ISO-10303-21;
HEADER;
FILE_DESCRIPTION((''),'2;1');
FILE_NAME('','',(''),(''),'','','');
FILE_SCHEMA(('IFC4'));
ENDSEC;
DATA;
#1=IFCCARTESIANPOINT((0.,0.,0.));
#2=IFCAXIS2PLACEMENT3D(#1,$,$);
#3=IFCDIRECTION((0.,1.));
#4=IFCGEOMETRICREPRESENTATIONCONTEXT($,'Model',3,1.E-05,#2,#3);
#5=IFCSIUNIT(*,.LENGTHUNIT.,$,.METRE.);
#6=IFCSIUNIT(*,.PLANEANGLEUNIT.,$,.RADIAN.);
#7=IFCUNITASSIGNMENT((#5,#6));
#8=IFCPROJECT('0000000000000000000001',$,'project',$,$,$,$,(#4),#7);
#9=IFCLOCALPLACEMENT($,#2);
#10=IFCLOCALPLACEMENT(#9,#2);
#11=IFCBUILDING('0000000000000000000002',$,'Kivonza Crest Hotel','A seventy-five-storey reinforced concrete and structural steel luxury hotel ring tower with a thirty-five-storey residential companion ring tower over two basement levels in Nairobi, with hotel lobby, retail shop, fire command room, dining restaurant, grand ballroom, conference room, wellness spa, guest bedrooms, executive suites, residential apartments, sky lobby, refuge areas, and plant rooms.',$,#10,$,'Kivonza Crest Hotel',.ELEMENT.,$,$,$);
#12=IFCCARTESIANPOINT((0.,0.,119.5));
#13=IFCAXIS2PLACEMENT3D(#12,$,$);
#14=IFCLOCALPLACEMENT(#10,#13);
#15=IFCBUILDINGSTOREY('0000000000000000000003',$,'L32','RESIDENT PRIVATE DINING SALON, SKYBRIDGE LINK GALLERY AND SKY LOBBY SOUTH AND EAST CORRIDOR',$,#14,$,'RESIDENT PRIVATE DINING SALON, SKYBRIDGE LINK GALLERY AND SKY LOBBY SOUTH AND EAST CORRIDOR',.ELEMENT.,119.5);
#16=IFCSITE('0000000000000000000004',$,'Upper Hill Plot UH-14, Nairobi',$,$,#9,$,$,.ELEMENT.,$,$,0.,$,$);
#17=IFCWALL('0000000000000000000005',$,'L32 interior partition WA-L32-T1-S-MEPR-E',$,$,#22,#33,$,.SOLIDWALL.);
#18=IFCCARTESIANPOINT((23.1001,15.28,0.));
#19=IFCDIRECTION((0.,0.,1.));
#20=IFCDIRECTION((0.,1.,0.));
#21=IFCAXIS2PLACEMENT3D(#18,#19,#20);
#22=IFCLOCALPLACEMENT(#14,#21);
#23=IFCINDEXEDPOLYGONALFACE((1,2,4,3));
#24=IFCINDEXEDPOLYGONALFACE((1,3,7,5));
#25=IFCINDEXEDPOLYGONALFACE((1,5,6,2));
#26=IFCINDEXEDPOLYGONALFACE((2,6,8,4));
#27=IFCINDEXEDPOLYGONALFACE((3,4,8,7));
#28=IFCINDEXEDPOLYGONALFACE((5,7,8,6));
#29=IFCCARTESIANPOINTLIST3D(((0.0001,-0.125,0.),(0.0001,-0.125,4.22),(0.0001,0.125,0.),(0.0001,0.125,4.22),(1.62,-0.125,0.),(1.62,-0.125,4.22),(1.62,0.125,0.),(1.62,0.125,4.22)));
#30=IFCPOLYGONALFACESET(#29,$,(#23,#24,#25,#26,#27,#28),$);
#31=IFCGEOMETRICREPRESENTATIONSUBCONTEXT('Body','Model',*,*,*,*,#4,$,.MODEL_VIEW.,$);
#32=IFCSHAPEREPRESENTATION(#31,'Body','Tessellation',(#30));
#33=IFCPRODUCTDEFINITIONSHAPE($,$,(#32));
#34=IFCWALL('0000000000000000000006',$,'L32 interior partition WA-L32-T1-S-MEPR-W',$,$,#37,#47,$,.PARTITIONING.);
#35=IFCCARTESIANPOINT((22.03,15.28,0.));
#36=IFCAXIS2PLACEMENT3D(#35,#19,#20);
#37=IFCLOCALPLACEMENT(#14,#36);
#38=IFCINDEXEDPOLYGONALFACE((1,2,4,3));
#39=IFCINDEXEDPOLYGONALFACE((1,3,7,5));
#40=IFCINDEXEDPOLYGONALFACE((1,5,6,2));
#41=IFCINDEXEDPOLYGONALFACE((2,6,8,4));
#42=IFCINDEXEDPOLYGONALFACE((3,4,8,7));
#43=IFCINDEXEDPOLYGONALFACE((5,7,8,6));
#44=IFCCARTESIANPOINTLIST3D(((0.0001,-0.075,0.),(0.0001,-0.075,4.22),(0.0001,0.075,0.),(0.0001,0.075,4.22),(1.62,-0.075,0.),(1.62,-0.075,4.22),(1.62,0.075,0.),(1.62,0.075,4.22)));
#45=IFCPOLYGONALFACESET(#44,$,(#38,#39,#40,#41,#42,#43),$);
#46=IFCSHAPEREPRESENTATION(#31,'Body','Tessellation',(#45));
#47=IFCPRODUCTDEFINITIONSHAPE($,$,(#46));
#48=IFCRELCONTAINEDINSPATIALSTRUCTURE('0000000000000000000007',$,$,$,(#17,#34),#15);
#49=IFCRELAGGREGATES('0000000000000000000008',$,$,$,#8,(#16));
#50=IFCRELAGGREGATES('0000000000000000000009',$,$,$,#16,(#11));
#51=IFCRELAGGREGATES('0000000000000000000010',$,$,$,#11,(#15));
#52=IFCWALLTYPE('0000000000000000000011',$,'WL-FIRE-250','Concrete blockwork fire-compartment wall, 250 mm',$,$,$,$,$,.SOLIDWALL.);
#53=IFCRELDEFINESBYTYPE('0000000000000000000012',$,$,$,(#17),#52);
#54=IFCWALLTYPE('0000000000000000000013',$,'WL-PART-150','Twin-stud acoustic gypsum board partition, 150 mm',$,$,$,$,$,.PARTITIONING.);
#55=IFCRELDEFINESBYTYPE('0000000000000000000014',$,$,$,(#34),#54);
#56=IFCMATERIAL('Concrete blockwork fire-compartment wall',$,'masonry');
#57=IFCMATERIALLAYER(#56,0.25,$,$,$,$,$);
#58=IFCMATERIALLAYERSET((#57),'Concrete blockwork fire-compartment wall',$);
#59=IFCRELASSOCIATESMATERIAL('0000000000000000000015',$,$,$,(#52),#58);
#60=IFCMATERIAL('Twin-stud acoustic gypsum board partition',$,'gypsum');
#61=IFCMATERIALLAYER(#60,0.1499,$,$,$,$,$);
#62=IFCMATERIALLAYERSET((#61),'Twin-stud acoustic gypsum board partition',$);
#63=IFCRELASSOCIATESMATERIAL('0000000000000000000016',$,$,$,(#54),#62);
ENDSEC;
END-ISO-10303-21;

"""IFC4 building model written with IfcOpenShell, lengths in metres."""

from ifc_helpers import new_model, si_unit, direction, frame, frame_2d, origin, place, context, subcontext, project, spatial, rectangle, extrude, material, layer, layer_set, type_object, element, save


model = new_model("IFC4")

# Units and contexts
model_context = context("Model", 3, precision=1e-05, world=origin(), true_north=direction((0.0, 1.0)))
body_context = subcontext(model_context, "Body", "Model", "MODEL_VIEW")
ifc_project = project(units=[si_unit("LENGTHUNIT", "METRE"), si_unit("PLANEANGLEUNIT", "RADIAN")], contexts=[model_context])

# Site, building, storey
site_placement = place(None, origin())
site = spatial("IfcSite", under=ifc_project, at=site_placement, Name="Upper Hill Plot UH-14, Nairobi", CompositionType="ELEMENT", RefElevation=0.0)
building_placement = place(site_placement, origin())
building = spatial("IfcBuilding", under=site, at=building_placement, Name="Kivonza Crest Hotel", Description="A seventy-five-storey reinforced concrete and structural steel luxury hotel ring tower with a thirty-five-storey residential companion ring tower over two basement levels in Nairobi, with hotel lobby, retail shop, fire command room, dining restaurant, grand ballroom, conference room, wellness spa, guest bedrooms, executive suites, residential apartments, sky lobby, refuge areas, and plant rooms.", LongName="Kivonza Crest Hotel", CompositionType="ELEMENT")
storey_placement = place(building_placement, frame((0.0, 0.0, 119.5)))
storey = spatial("IfcBuildingStorey", under=building, at=storey_placement, Name="L32", Description="RESIDENT PRIVATE DINING SALON, SKYBRIDGE LINK GALLERY AND SKY LOBBY SOUTH AND EAST CORRIDOR", LongName="RESIDENT PRIVATE DINING SALON, SKYBRIDGE LINK GALLERY AND SKY LOBBY SOUTH AND EAST CORRIDOR", CompositionType="ELEMENT", Elevation=119.5)

# Wall
ifc_material_1 = material(Name="Concrete blockwork fire-compartment wall", Category="masonry")
ifc_layer_1 = layer(ifc_material_1, 0.25)
ifc_layer_set_1 = layer_set([ifc_layer_1], Name="Concrete blockwork fire-compartment wall")
wall_type_1 = type_object("IfcWallType", Name="WL-FIRE-250", Description="Concrete blockwork fire-compartment wall, 250 mm", PredefinedType="SOLIDWALL", material=ifc_layer_set_1)
wall_1_placement = place(storey_placement, frame((23.1001, 15.28, 0.0), z_axis=(0.0, 0.0, 1.0), x_axis=(0.0, 1.0, 0.0)))
element("IfcWall", 1, at=wall_1_placement, inside=storey, type_object=wall_type_1, Name="L32 interior partition WA-L32-T1-S-MEPR-E", PredefinedType="SOLIDWALL", context=body_context, shape_type="SweptSolid", body=[
    extrude(rectangle(XDim=1.6199, YDim=0.25, at=frame_2d((0.8101, 0.0))), origin(), (0.0, 0.0, 1.0), 4.22),
])

# Wall
ifc_material_2 = material(Name="Twin-stud acoustic gypsum board partition", Category="gypsum")
ifc_layer_2 = layer(ifc_material_2, 0.1499)
ifc_layer_set_2 = layer_set([ifc_layer_2], Name="Twin-stud acoustic gypsum board partition")
wall_type_2 = type_object("IfcWallType", Name="WL-PART-150", Description="Twin-stud acoustic gypsum board partition, 150 mm", PredefinedType="PARTITIONING", material=ifc_layer_set_2)
wall_2_placement = place(storey_placement, frame((22.03, 15.28, 0.0), z_axis=(0.0, 0.0, 1.0), x_axis=(0.0, 1.0, 0.0)))
element("IfcWall", 2, at=wall_2_placement, inside=storey, type_object=wall_type_2, Name="L32 interior partition WA-L32-T1-S-MEPR-W", PredefinedType="PARTITIONING", context=body_context, shape_type="SweptSolid", body=[
    extrude(rectangle(XDim=1.6199, YDim=0.1499, at=frame_2d((0.8101, 0.0))), origin(), (0.0, 0.0, 1.0), 4.22),
])

save(model, "model.ifc")
